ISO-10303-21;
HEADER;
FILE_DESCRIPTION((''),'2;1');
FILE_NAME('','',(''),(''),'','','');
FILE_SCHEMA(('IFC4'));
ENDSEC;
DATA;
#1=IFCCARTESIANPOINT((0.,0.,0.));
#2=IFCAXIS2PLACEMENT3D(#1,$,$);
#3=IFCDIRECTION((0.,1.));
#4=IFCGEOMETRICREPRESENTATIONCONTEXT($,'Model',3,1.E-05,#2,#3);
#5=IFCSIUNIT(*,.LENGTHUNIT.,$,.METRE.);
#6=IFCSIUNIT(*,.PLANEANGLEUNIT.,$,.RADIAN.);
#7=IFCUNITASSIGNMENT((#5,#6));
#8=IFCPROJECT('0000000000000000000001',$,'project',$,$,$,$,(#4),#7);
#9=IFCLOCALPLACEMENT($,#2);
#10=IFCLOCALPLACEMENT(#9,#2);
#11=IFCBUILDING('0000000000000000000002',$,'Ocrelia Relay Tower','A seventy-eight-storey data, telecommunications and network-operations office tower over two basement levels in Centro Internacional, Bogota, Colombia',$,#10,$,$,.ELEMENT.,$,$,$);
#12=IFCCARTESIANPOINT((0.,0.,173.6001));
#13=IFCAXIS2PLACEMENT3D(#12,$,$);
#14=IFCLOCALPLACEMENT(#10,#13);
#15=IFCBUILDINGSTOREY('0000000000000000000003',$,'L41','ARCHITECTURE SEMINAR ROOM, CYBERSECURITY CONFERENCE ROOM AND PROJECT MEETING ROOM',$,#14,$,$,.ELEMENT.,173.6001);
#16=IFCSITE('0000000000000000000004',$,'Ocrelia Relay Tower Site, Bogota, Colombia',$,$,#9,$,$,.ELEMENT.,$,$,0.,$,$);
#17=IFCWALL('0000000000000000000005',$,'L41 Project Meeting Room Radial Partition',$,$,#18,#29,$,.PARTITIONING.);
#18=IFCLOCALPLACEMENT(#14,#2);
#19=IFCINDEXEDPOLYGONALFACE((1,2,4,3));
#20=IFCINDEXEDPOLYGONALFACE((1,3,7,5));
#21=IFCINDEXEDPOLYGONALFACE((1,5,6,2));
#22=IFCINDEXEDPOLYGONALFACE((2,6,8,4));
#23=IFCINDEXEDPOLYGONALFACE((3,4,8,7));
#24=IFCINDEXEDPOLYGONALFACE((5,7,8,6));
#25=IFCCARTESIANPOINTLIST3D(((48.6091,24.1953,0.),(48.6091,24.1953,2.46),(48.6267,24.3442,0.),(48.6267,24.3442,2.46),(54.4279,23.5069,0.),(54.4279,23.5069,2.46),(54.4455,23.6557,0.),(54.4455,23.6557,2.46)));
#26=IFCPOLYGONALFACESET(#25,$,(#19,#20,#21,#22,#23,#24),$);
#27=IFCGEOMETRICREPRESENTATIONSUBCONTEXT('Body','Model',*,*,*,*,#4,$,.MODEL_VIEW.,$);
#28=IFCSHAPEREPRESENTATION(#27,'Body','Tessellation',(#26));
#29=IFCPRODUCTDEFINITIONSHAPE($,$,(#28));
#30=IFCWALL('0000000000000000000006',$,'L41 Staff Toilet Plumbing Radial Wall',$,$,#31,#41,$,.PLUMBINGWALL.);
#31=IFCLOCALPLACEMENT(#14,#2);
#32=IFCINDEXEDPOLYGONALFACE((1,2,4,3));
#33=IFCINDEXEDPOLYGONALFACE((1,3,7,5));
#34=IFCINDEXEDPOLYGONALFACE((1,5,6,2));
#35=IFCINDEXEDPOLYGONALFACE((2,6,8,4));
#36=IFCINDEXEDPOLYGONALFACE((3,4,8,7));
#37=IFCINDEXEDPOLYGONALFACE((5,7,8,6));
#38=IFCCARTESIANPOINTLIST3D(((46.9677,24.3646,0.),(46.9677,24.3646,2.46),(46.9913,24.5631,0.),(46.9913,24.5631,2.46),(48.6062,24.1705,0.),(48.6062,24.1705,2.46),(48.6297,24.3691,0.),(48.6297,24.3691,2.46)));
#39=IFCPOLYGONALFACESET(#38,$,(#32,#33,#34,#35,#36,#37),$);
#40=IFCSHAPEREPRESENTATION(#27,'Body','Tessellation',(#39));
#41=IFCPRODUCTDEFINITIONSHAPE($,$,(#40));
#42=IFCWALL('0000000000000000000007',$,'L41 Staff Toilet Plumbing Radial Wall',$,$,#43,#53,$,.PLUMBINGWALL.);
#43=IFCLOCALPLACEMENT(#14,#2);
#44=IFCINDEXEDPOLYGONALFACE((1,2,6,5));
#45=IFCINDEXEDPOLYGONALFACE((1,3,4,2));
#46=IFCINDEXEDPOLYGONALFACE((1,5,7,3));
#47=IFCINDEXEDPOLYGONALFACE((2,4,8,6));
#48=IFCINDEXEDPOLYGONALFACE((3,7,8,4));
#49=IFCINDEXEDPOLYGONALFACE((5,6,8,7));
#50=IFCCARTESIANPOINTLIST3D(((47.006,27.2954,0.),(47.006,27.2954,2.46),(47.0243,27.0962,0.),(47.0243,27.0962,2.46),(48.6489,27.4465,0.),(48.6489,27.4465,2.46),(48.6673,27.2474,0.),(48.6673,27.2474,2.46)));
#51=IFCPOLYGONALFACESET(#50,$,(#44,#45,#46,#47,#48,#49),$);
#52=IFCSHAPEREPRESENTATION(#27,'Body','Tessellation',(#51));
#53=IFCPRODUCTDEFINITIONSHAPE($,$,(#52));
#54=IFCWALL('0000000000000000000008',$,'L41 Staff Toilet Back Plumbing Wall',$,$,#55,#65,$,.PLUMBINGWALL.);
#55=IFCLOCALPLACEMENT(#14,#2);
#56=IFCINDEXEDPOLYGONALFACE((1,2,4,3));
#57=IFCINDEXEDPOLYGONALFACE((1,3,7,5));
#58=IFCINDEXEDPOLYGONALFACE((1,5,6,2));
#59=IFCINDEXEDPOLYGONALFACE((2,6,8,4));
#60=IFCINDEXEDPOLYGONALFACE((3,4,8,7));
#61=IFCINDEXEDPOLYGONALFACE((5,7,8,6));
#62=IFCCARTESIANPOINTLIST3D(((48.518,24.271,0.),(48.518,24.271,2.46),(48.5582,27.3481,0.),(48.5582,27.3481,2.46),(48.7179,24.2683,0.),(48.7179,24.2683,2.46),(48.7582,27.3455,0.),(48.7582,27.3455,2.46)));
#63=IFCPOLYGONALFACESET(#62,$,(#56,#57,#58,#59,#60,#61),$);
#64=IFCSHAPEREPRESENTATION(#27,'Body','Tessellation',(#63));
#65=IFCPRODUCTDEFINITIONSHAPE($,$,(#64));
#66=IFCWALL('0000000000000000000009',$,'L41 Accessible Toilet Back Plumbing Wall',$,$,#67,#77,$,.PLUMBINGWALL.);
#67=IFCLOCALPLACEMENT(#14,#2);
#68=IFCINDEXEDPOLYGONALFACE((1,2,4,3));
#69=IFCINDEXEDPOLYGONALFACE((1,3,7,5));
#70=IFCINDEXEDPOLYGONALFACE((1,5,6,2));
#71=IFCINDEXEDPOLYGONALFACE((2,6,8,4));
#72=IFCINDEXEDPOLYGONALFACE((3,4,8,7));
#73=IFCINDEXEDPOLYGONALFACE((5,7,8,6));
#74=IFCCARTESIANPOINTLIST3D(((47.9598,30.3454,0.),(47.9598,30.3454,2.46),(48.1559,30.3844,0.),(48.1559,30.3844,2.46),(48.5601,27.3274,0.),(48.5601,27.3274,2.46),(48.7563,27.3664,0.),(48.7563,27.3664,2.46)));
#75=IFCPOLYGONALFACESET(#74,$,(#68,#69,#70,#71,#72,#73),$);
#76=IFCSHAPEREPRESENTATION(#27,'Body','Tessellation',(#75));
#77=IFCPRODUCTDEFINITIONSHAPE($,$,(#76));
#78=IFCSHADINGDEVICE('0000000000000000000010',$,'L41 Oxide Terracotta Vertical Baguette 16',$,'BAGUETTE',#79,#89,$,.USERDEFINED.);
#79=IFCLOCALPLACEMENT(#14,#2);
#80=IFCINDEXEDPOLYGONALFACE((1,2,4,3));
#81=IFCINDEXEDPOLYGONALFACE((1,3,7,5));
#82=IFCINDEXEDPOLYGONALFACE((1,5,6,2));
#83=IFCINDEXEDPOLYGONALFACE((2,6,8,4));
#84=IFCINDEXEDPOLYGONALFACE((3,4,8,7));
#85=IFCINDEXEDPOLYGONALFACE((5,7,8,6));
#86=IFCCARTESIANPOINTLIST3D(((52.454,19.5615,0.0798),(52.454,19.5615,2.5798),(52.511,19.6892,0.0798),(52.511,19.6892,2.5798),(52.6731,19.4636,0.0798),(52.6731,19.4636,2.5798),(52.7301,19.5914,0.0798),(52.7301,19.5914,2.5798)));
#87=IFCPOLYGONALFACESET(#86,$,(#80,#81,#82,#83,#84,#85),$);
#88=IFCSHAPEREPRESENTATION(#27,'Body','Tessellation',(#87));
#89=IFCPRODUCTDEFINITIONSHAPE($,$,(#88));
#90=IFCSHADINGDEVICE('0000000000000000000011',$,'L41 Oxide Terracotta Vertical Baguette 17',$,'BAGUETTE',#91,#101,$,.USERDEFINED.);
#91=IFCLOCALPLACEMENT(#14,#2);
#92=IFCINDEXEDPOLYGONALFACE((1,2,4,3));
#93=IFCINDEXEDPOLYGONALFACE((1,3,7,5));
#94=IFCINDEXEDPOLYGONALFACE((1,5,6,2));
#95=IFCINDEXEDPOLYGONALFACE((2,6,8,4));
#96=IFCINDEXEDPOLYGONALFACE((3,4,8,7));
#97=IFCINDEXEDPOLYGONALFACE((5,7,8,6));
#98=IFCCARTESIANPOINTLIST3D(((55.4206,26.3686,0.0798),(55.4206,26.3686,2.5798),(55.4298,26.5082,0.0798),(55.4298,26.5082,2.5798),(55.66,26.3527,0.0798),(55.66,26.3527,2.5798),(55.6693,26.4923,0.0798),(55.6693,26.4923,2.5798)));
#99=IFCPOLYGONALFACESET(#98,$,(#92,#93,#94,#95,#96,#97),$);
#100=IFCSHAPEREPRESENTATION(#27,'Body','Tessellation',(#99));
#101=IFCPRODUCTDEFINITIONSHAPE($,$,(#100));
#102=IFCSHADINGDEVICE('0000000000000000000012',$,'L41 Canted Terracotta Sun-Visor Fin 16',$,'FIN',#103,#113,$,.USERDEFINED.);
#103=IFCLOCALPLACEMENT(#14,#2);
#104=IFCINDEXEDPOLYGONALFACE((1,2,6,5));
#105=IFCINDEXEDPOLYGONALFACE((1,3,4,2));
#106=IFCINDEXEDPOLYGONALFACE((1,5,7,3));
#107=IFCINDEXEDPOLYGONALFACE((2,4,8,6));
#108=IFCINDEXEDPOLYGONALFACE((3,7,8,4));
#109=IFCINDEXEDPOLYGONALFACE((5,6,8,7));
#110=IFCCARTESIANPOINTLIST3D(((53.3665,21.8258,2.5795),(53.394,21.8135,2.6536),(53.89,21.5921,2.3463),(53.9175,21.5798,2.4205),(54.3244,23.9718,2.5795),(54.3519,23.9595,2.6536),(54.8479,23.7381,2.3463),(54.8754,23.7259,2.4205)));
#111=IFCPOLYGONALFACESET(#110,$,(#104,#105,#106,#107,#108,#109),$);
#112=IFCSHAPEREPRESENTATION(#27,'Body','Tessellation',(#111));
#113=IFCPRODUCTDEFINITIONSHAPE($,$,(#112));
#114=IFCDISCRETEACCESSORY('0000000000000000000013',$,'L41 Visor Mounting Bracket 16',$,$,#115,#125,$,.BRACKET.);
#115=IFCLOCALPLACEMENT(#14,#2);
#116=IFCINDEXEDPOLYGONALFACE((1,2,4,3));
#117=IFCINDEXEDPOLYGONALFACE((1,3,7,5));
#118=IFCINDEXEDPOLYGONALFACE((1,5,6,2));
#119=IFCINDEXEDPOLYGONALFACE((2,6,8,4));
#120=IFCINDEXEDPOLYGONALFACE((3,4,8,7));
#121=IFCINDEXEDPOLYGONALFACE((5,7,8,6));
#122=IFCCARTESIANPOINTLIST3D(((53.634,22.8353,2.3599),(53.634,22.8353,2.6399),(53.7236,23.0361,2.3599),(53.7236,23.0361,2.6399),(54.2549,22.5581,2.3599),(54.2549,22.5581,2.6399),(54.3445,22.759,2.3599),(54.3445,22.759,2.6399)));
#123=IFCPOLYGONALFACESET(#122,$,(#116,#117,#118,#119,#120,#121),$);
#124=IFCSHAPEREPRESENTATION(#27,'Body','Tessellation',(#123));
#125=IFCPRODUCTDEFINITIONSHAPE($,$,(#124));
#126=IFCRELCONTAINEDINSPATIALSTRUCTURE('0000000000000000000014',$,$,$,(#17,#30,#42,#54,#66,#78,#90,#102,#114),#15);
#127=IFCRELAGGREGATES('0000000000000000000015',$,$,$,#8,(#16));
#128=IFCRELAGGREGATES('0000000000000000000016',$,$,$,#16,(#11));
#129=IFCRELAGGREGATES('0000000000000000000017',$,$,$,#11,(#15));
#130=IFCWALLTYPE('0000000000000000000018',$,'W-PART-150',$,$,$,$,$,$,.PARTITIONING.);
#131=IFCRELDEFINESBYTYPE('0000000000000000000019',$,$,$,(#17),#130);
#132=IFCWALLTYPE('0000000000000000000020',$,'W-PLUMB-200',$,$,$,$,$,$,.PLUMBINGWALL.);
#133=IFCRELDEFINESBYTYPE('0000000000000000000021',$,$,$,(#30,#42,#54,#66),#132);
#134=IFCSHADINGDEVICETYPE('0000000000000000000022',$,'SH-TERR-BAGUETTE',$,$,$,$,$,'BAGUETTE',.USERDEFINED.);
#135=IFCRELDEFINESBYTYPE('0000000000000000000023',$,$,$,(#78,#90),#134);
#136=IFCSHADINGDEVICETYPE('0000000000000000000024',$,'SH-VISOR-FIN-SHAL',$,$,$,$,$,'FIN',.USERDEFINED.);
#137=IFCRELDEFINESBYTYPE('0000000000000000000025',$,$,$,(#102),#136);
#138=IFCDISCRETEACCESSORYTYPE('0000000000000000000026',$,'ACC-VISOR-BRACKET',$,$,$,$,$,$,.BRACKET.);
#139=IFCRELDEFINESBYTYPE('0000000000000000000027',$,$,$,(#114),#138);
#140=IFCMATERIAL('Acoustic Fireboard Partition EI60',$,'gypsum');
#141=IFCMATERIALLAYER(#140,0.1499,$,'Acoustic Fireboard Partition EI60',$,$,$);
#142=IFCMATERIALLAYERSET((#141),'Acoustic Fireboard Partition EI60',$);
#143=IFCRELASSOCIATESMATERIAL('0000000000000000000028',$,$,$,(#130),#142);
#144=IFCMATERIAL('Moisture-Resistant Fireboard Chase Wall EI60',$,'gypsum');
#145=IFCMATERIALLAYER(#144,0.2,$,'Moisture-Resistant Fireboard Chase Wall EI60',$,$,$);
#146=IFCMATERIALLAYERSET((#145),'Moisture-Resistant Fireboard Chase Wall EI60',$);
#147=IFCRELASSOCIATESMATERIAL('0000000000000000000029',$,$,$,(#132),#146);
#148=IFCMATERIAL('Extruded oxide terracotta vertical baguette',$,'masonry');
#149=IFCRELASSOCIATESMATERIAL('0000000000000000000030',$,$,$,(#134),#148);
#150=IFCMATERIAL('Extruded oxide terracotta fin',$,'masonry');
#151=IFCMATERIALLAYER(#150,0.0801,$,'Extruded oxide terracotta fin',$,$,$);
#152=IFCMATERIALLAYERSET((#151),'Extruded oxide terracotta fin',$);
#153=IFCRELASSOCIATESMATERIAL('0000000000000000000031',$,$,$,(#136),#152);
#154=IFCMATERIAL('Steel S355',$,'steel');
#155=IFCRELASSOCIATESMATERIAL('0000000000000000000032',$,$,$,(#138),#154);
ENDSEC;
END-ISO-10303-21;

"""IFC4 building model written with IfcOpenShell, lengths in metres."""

from ifc_helpers import new_model, si_unit, direction, frame, frame_2d, origin, origin_2d, place, context, subcontext, project, spatial, rectangle, extrude, material, layer, layer_set, type_object, element, save


model = new_model("IFC4")

# Units and contexts
model_context = context("Model", 3, precision=1e-05, world=origin(), true_north=direction((0.0, 1.0)))
body_context = subcontext(model_context, "Body", "Model", "MODEL_VIEW")
ifc_project = project(units=[si_unit("LENGTHUNIT", "METRE"), si_unit("PLANEANGLEUNIT", "RADIAN")], contexts=[model_context])

# Site, building, storey
site_placement = place(None, origin())
site = spatial("IfcSite", under=ifc_project, at=site_placement, Name="Ocrelia Relay Tower Site, Bogota, Colombia", CompositionType="ELEMENT", RefElevation=0.0)
building_placement = place(site_placement, origin())
building = spatial("IfcBuilding", under=site, at=building_placement, Name="Ocrelia Relay Tower", Description="A seventy-eight-storey data, telecommunications and network-operations office tower over two basement levels in Centro Internacional, Bogota, Colombia", CompositionType="ELEMENT")
storey_placement = place(building_placement, frame((0.0, 0.0, 173.6001)))
storey = spatial("IfcBuildingStorey", under=building, at=storey_placement, Name="L41", Description="ARCHITECTURE SEMINAR ROOM, CYBERSECURITY CONFERENCE ROOM AND PROJECT MEETING ROOM", CompositionType="ELEMENT", Elevation=173.6001)

# Shared definitions
ifc_material_1 = material(Name="Steel S355", Category="steel")

# Walls
ifc_material_2 = material(Name="Acoustic Fireboard Partition EI60", Category="gypsum")
ifc_layer_1 = layer(ifc_material_2, 0.1499, Name="Acoustic Fireboard Partition EI60")
ifc_layer_set_1 = layer_set([ifc_layer_1], Name="Acoustic Fireboard Partition EI60")
wall_type_1 = type_object("IfcWallType", Name="W-PART-150", PredefinedType="PARTITIONING", material=ifc_layer_set_1)
wall_1_placement = place(storey_placement, frame((48.6179, 24.2698, 0.0), z_axis=(0.0, 0.0, 1.0), x_axis=(0.993073, -0.117499, 0.0)))
element("IfcWall", 1, at=wall_1_placement, inside=storey, type_object=wall_type_1, Name="L41 Project Meeting Room Radial Partition", PredefinedType="PARTITIONING", context=body_context, shape_type="SweptSolid", body=[
    extrude(rectangle(XDim=5.8594, YDim=0.1499, at=frame_2d((2.9297, 0.0))), origin(), (0.0, 0.0, 1.0), 2.46),
])
ifc_material_3 = material(Name="Moisture-Resistant Fireboard Chase Wall EI60", Category="gypsum")
ifc_layer_2 = layer(ifc_material_3, 0.2, Name="Moisture-Resistant Fireboard Chase Wall EI60")
ifc_layer_set_2 = layer_set([ifc_layer_2], Name="Moisture-Resistant Fireboard Chase Wall EI60")
wall_type_2 = type_object("IfcWallType", Name="W-PLUMB-200", PredefinedType="PLUMBINGWALL", material=ifc_layer_set_2)
for number, where, z_axis, x_axis, name in (
    (2, (46.9795, 24.4639, 0.0), (0.0, 0.0, 1.0), (0.993056, -0.11764, 0.0), "L41 Staff Toilet Plumbing Radial Wall"),
    (3, (47.0151, 27.1958, 0.0), (0.0, 0.0, 1.0), (0.995797, 0.09159, 0.0), "L41 Staff Toilet Plumbing Radial Wall"),
):
    element("IfcWall", number, at=place(storey_placement, frame(where, z_axis=z_axis, x_axis=x_axis)), inside=storey, type_object=wall_type_2, Name=name, PredefinedType="PLUMBINGWALL", context=body_context, shape_type="SweptSolid", body=[
        extrude(rectangle(XDim=1.6499, YDim=0.2, at=frame_2d((0.825, 0.0))), origin(), (0.0, 0.0, 1.0), 2.46),
    ])
wall_2_placement = place(storey_placement, frame((48.6179, 24.2698, 0.0), z_axis=(0.0, 0.0, 1.0), x_axis=(0.01309, 0.999914, 0.0)))
element("IfcWall", 4, at=wall_2_placement, inside=storey, type_object=wall_type_2, Name="L41 Staff Toilet Back Plumbing Wall", PredefinedType="PLUMBINGWALL", context=body_context, shape_type="SweptSolid", body=[
    extrude(rectangle(XDim=3.0774, YDim=0.2, at=frame_2d((1.5386, 0.0))), origin(), (0.0, 0.0, 1.0), 2.46),
])
wall_3_placement = place(storey_placement, frame((48.6582, 27.3469, 0.0), z_axis=(0.0, 0.0, 1.0), x_axis=(-0.195094, 0.980785, 0.0)))
element("IfcWall", 5, at=wall_3_placement, inside=storey, type_object=wall_type_2, Name="L41 Accessible Toilet Back Plumbing Wall", PredefinedType="PLUMBINGWALL", context=body_context, shape_type="SweptSolid", body=[
    extrude(rectangle(XDim=3.0771, YDim=0.2, at=frame_2d((1.5386, 0.0))), origin(), (0.0, 0.0, 1.0), 2.46),
])

# Shading devices
ifc_material_4 = material(Name="Extruded oxide terracotta vertical baguette", Category="masonry")
shading_device_type_1 = type_object("IfcShadingDeviceType", Name="SH-TERR-BAGUETTE", ElementType="BAGUETTE", PredefinedType="USERDEFINED", material=ifc_material_4)
for number, where, z_axis, x_axis, name in (
    (6, (52.592, 19.5764, 0.0798), (0.0, 0.0, 1.0), (0.407604, 0.913159, 0.0), "L41 Oxide Terracotta Vertical Baguette 16"),
    (7, (55.5449, 26.4304, 0.0798), (0.0, 0.0, 1.0), (0.066168, 0.997809, 0.0), "L41 Oxide Terracotta Vertical Baguette 17"),
):
    element("IfcShadingDevice", number, at=place(storey_placement, frame(where, z_axis=z_axis, x_axis=x_axis)), inside=storey, type_object=shading_device_type_1, Name=name, ObjectType="BAGUETTE", PredefinedType="USERDEFINED", context=body_context, shape_type="SweptSolid", body=[
        extrude(rectangle(XDim=0.1399, YDim=0.24, at=origin_2d()), origin(), (0.0, 0.0, 1.0), 2.5),
    ])
ifc_material_5 = material(Name="Extruded oxide terracotta fin", Category="masonry")
ifc_layer_3 = layer(ifc_material_5, 0.0801, Name="Extruded oxide terracotta fin")
ifc_layer_set_3 = layer_set([ifc_layer_3], Name="Extruded oxide terracotta fin")
shading_device_type_2 = type_object("IfcShadingDeviceType", Name="SH-VISOR-FIN-SHAL", ElementType="FIN", PredefinedType="USERDEFINED", material=ifc_layer_set_3)
shading_device_placement = place(storey_placement, frame((54.1072, 22.782, 2.4629), z_axis=(0.343995, -0.153548, 0.926332), x_axis=(0.407604, 0.913159, 0.0)))
element("IfcShadingDevice", 8, at=shading_device_placement, inside=storey, type_object=shading_device_type_2, Name="L41 Canted Terracotta Sun-Visor Fin 16", ObjectType="FIN", PredefinedType="USERDEFINED", context=body_context, shape_type="SweptSolid", body=[
    extrude(rectangle(XDim=2.3501, YDim=0.6189, at=origin_2d()), origin(), (0.0, 0.0, 1.0), 0.0801),
])

# Discrete accessory
discrete_accessory_type = type_object("IfcDiscreteAccessoryType", Name="ACC-VISOR-BRACKET", PredefinedType="BRACKET", material=ifc_material_1)
discrete_accessory_placement = place(storey_placement, frame((53.9893, 22.7971, 2.3599), z_axis=(0.0, 0.0, 1.0), x_axis=(0.407604, 0.913159, 0.0)))
element("IfcDiscreteAccessory", 9, at=discrete_accessory_placement, inside=storey, type_object=discrete_accessory_type, Name="L41 Visor Mounting Bracket 16", PredefinedType="BRACKET", context=body_context, shape_type="SweptSolid", body=[
    extrude(rectangle(XDim=0.22, YDim=0.6799, at=origin_2d()), origin(), (0.0, 0.0, 1.0), 0.28),
])

save(model, "model.ifc")
